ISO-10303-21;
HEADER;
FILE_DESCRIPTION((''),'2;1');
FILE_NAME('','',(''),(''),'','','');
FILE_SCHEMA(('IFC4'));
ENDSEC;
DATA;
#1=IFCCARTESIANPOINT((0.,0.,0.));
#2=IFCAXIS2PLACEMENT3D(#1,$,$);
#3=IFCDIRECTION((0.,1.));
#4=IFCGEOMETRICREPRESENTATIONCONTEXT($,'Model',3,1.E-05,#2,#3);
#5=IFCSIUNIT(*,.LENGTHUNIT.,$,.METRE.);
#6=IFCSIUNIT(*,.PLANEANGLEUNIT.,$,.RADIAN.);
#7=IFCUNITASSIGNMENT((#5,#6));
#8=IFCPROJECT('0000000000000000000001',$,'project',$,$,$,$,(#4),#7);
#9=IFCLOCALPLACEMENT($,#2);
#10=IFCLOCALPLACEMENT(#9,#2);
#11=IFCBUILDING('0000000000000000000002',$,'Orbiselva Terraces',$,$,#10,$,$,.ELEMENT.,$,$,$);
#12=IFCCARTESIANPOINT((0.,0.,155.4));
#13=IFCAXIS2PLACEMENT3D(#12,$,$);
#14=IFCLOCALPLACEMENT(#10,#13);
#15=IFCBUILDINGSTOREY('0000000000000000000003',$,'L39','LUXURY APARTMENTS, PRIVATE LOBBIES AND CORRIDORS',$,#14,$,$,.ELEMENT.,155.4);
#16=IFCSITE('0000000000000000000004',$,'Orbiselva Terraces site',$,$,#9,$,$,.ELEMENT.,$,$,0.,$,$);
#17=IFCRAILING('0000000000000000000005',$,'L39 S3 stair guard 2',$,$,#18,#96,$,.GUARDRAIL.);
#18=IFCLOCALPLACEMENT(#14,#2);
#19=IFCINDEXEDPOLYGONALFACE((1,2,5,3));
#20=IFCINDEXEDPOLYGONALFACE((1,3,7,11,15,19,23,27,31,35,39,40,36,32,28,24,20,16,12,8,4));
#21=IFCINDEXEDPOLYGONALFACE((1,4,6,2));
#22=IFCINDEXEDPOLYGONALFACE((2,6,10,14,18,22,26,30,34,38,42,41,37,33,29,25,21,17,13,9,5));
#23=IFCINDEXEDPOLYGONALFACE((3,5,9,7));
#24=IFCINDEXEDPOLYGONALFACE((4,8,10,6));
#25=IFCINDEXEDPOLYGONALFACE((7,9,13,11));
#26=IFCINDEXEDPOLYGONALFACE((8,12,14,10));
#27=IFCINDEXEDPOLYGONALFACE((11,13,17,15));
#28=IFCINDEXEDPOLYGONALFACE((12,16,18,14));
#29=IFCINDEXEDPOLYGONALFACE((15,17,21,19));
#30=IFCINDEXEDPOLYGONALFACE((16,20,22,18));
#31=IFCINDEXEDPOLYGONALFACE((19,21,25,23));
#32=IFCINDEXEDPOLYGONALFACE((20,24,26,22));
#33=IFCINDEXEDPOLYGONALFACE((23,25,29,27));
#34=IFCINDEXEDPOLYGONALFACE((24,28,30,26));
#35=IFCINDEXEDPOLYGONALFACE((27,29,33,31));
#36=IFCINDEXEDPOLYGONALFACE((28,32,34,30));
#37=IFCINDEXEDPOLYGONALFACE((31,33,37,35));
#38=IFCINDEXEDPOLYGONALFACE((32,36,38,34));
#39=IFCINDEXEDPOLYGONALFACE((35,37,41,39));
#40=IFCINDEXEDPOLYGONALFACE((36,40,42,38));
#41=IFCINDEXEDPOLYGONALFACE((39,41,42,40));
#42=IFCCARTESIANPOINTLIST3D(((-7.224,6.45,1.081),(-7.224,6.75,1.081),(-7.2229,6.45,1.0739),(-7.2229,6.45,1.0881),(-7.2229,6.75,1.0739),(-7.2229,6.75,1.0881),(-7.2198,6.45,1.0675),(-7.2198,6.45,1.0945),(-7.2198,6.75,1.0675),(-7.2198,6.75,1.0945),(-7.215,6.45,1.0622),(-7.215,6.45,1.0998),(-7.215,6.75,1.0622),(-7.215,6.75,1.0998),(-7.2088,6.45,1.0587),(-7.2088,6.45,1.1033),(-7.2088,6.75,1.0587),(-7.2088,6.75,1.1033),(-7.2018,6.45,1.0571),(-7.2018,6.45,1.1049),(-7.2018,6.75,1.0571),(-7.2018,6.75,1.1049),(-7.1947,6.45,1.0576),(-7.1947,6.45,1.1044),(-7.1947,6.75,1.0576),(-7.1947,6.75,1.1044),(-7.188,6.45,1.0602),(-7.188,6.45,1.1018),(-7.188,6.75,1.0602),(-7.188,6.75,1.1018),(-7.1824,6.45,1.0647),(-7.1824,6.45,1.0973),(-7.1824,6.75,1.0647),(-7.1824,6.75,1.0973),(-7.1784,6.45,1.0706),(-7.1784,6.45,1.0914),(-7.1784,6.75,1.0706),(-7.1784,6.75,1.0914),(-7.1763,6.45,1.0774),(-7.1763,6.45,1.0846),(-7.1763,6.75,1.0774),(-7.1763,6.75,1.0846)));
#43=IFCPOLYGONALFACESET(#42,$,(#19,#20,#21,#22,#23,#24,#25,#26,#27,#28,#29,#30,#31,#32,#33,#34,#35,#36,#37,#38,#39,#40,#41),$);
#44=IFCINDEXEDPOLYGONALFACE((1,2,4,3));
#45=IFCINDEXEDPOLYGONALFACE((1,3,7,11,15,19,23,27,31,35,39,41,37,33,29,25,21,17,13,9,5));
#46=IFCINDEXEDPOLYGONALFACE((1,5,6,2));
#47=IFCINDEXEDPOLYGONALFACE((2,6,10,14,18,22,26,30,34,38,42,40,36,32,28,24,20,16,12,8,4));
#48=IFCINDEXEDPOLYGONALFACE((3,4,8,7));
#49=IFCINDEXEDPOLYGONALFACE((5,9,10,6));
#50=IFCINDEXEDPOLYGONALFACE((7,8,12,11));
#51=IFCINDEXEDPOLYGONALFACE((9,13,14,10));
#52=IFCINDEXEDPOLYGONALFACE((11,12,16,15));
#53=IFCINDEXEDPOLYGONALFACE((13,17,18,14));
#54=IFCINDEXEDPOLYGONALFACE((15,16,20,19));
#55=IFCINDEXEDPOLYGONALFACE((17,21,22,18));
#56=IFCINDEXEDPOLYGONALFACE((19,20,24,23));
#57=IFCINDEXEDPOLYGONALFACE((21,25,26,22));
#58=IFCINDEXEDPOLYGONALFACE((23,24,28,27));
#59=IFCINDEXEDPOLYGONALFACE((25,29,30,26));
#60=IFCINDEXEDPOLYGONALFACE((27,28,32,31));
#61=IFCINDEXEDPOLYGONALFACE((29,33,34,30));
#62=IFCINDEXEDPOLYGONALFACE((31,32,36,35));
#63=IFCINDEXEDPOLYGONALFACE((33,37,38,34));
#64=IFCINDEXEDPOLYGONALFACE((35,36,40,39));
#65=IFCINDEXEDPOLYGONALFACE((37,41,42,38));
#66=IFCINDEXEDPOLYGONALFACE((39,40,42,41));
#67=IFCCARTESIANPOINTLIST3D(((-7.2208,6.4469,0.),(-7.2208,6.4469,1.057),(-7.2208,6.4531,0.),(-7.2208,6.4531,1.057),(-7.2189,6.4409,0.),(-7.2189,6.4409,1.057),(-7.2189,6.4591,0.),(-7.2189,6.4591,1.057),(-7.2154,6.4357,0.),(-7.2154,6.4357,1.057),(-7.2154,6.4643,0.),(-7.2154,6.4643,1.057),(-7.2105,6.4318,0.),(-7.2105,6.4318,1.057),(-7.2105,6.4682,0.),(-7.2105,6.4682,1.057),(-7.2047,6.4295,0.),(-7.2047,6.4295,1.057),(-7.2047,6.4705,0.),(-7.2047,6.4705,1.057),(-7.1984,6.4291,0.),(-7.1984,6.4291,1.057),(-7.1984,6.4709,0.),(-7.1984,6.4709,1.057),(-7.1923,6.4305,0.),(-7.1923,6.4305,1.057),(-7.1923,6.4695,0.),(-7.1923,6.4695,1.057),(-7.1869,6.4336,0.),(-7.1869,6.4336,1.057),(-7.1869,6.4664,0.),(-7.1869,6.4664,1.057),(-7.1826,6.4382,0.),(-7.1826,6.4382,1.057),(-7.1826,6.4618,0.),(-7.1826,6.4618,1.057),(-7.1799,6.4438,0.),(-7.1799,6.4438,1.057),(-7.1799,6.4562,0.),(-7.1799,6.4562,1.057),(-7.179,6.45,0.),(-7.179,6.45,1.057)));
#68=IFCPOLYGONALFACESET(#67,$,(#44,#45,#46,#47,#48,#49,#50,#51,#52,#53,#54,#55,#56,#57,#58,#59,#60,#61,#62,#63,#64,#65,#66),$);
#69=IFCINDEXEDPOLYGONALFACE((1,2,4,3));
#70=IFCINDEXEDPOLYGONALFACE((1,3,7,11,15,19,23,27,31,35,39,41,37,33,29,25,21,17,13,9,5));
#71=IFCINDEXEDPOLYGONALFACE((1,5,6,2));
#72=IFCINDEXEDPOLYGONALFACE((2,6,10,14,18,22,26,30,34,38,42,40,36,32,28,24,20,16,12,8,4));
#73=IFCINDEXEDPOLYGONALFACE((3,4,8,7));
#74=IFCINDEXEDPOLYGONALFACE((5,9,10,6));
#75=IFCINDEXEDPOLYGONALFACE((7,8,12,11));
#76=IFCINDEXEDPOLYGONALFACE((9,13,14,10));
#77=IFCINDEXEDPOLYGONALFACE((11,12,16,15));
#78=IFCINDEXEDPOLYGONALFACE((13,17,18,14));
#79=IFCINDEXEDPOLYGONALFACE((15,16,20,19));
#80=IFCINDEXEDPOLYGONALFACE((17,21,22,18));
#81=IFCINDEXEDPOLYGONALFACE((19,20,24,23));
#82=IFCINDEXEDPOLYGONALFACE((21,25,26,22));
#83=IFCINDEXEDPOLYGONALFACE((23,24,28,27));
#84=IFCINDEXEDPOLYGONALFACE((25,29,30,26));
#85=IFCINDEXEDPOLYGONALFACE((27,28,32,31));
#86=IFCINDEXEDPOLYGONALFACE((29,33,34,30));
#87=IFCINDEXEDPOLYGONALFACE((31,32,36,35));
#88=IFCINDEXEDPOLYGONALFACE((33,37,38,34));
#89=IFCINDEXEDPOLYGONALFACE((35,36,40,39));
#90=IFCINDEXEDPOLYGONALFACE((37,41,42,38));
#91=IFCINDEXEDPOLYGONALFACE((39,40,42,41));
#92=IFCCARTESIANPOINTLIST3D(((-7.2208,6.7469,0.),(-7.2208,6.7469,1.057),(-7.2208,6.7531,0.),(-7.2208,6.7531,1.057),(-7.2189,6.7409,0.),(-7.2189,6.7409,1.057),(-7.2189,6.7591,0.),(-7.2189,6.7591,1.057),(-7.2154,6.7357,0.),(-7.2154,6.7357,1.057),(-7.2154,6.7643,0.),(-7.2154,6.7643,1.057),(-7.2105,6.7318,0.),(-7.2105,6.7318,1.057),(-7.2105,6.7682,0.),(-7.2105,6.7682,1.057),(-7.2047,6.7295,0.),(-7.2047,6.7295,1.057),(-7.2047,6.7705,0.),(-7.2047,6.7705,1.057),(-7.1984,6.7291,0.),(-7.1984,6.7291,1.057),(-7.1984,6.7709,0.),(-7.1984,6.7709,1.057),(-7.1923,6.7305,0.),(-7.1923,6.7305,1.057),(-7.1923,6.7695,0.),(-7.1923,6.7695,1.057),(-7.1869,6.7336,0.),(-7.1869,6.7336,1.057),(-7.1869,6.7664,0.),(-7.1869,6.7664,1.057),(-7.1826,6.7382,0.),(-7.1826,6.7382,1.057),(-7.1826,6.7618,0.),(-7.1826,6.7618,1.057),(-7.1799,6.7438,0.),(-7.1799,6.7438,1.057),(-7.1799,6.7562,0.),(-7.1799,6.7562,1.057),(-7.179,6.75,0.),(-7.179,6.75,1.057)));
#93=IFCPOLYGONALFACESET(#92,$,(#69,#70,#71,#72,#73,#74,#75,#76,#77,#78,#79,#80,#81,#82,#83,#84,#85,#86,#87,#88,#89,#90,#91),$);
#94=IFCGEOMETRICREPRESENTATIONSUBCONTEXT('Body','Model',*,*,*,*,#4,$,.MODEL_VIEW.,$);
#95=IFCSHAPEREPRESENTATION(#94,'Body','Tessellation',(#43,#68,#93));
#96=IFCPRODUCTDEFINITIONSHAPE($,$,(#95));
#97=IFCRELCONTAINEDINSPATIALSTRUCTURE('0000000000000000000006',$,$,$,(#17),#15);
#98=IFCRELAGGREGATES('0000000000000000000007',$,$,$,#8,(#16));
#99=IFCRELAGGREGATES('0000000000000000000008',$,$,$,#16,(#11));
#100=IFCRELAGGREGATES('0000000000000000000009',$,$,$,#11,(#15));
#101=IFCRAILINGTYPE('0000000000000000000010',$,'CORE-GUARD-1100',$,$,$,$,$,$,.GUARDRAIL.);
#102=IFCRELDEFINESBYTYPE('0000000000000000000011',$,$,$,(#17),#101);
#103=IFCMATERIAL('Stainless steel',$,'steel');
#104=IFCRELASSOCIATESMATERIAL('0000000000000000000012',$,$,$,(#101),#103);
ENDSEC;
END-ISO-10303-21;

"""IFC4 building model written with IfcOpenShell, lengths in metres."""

from ifc_helpers import new_model, si_unit, direction, frame, origin, origin_2d, place, context, subcontext, project, spatial, circle, extrude, material, type_object, element, save


model = new_model("IFC4")

# Units and contexts
model_context = context("Model", 3, precision=1e-05, world=origin(), true_north=direction((0.0, 1.0)))
body_context = subcontext(model_context, "Body", "Model", "MODEL_VIEW")
ifc_project = project(units=[si_unit("LENGTHUNIT", "METRE"), si_unit("PLANEANGLEUNIT", "RADIAN")], contexts=[model_context])

# Site, building, storey
site_placement = place(None, origin())
site = spatial("IfcSite", under=ifc_project, at=site_placement, Name="Orbiselva Terraces site", CompositionType="ELEMENT", RefElevation=0.0)
building_placement = place(site_placement, origin())
building = spatial("IfcBuilding", under=site, at=building_placement, Name="Orbiselva Terraces", CompositionType="ELEMENT")
storey_placement = place(building_placement, frame((0.0, 0.0, 155.4)))
storey = spatial("IfcBuildingStorey", under=building, at=storey_placement, Name="L39", Description="LUXURY APARTMENTS, PRIVATE LOBBIES AND CORRIDORS", CompositionType="ELEMENT", Elevation=155.4)

# Railing
ifc_material_1 = material(Name="Stainless steel", Category="steel")
railing_type_1 = type_object("IfcRailingType", Name="CORE-GUARD-1100", PredefinedType="GUARDRAIL", material=ifc_material_1)
railing_1_placement = place(storey_placement, frame((-7.2, 6.45, 0.0)))
element("IfcRailing", 1, at=railing_1_placement, inside=storey, type_object=railing_type_1, Name="L39 S3 stair guard 2", PredefinedType="GUARDRAIL", context=body_context, shape_type="SweptSolid", body=[
    extrude(circle(Radius=0.024, at=origin_2d()), frame((0.0, 0.0, 1.081), z_axis=(0.0, 1.0, 0.0), x_axis=(-1.0, 0.0, 0.0)), (0.0, 0.0, 1.0), 0.3),
    extrude(circle(Radius=0.021, at=origin_2d()), origin(), (0.0, 0.0, 1.0), 1.057),
    extrude(circle(Radius=0.021, at=origin_2d()), frame((0.0, 0.3, 0.0)), (0.0, 0.0, 1.0), 1.057),
])

save(model, "model.ifc")
